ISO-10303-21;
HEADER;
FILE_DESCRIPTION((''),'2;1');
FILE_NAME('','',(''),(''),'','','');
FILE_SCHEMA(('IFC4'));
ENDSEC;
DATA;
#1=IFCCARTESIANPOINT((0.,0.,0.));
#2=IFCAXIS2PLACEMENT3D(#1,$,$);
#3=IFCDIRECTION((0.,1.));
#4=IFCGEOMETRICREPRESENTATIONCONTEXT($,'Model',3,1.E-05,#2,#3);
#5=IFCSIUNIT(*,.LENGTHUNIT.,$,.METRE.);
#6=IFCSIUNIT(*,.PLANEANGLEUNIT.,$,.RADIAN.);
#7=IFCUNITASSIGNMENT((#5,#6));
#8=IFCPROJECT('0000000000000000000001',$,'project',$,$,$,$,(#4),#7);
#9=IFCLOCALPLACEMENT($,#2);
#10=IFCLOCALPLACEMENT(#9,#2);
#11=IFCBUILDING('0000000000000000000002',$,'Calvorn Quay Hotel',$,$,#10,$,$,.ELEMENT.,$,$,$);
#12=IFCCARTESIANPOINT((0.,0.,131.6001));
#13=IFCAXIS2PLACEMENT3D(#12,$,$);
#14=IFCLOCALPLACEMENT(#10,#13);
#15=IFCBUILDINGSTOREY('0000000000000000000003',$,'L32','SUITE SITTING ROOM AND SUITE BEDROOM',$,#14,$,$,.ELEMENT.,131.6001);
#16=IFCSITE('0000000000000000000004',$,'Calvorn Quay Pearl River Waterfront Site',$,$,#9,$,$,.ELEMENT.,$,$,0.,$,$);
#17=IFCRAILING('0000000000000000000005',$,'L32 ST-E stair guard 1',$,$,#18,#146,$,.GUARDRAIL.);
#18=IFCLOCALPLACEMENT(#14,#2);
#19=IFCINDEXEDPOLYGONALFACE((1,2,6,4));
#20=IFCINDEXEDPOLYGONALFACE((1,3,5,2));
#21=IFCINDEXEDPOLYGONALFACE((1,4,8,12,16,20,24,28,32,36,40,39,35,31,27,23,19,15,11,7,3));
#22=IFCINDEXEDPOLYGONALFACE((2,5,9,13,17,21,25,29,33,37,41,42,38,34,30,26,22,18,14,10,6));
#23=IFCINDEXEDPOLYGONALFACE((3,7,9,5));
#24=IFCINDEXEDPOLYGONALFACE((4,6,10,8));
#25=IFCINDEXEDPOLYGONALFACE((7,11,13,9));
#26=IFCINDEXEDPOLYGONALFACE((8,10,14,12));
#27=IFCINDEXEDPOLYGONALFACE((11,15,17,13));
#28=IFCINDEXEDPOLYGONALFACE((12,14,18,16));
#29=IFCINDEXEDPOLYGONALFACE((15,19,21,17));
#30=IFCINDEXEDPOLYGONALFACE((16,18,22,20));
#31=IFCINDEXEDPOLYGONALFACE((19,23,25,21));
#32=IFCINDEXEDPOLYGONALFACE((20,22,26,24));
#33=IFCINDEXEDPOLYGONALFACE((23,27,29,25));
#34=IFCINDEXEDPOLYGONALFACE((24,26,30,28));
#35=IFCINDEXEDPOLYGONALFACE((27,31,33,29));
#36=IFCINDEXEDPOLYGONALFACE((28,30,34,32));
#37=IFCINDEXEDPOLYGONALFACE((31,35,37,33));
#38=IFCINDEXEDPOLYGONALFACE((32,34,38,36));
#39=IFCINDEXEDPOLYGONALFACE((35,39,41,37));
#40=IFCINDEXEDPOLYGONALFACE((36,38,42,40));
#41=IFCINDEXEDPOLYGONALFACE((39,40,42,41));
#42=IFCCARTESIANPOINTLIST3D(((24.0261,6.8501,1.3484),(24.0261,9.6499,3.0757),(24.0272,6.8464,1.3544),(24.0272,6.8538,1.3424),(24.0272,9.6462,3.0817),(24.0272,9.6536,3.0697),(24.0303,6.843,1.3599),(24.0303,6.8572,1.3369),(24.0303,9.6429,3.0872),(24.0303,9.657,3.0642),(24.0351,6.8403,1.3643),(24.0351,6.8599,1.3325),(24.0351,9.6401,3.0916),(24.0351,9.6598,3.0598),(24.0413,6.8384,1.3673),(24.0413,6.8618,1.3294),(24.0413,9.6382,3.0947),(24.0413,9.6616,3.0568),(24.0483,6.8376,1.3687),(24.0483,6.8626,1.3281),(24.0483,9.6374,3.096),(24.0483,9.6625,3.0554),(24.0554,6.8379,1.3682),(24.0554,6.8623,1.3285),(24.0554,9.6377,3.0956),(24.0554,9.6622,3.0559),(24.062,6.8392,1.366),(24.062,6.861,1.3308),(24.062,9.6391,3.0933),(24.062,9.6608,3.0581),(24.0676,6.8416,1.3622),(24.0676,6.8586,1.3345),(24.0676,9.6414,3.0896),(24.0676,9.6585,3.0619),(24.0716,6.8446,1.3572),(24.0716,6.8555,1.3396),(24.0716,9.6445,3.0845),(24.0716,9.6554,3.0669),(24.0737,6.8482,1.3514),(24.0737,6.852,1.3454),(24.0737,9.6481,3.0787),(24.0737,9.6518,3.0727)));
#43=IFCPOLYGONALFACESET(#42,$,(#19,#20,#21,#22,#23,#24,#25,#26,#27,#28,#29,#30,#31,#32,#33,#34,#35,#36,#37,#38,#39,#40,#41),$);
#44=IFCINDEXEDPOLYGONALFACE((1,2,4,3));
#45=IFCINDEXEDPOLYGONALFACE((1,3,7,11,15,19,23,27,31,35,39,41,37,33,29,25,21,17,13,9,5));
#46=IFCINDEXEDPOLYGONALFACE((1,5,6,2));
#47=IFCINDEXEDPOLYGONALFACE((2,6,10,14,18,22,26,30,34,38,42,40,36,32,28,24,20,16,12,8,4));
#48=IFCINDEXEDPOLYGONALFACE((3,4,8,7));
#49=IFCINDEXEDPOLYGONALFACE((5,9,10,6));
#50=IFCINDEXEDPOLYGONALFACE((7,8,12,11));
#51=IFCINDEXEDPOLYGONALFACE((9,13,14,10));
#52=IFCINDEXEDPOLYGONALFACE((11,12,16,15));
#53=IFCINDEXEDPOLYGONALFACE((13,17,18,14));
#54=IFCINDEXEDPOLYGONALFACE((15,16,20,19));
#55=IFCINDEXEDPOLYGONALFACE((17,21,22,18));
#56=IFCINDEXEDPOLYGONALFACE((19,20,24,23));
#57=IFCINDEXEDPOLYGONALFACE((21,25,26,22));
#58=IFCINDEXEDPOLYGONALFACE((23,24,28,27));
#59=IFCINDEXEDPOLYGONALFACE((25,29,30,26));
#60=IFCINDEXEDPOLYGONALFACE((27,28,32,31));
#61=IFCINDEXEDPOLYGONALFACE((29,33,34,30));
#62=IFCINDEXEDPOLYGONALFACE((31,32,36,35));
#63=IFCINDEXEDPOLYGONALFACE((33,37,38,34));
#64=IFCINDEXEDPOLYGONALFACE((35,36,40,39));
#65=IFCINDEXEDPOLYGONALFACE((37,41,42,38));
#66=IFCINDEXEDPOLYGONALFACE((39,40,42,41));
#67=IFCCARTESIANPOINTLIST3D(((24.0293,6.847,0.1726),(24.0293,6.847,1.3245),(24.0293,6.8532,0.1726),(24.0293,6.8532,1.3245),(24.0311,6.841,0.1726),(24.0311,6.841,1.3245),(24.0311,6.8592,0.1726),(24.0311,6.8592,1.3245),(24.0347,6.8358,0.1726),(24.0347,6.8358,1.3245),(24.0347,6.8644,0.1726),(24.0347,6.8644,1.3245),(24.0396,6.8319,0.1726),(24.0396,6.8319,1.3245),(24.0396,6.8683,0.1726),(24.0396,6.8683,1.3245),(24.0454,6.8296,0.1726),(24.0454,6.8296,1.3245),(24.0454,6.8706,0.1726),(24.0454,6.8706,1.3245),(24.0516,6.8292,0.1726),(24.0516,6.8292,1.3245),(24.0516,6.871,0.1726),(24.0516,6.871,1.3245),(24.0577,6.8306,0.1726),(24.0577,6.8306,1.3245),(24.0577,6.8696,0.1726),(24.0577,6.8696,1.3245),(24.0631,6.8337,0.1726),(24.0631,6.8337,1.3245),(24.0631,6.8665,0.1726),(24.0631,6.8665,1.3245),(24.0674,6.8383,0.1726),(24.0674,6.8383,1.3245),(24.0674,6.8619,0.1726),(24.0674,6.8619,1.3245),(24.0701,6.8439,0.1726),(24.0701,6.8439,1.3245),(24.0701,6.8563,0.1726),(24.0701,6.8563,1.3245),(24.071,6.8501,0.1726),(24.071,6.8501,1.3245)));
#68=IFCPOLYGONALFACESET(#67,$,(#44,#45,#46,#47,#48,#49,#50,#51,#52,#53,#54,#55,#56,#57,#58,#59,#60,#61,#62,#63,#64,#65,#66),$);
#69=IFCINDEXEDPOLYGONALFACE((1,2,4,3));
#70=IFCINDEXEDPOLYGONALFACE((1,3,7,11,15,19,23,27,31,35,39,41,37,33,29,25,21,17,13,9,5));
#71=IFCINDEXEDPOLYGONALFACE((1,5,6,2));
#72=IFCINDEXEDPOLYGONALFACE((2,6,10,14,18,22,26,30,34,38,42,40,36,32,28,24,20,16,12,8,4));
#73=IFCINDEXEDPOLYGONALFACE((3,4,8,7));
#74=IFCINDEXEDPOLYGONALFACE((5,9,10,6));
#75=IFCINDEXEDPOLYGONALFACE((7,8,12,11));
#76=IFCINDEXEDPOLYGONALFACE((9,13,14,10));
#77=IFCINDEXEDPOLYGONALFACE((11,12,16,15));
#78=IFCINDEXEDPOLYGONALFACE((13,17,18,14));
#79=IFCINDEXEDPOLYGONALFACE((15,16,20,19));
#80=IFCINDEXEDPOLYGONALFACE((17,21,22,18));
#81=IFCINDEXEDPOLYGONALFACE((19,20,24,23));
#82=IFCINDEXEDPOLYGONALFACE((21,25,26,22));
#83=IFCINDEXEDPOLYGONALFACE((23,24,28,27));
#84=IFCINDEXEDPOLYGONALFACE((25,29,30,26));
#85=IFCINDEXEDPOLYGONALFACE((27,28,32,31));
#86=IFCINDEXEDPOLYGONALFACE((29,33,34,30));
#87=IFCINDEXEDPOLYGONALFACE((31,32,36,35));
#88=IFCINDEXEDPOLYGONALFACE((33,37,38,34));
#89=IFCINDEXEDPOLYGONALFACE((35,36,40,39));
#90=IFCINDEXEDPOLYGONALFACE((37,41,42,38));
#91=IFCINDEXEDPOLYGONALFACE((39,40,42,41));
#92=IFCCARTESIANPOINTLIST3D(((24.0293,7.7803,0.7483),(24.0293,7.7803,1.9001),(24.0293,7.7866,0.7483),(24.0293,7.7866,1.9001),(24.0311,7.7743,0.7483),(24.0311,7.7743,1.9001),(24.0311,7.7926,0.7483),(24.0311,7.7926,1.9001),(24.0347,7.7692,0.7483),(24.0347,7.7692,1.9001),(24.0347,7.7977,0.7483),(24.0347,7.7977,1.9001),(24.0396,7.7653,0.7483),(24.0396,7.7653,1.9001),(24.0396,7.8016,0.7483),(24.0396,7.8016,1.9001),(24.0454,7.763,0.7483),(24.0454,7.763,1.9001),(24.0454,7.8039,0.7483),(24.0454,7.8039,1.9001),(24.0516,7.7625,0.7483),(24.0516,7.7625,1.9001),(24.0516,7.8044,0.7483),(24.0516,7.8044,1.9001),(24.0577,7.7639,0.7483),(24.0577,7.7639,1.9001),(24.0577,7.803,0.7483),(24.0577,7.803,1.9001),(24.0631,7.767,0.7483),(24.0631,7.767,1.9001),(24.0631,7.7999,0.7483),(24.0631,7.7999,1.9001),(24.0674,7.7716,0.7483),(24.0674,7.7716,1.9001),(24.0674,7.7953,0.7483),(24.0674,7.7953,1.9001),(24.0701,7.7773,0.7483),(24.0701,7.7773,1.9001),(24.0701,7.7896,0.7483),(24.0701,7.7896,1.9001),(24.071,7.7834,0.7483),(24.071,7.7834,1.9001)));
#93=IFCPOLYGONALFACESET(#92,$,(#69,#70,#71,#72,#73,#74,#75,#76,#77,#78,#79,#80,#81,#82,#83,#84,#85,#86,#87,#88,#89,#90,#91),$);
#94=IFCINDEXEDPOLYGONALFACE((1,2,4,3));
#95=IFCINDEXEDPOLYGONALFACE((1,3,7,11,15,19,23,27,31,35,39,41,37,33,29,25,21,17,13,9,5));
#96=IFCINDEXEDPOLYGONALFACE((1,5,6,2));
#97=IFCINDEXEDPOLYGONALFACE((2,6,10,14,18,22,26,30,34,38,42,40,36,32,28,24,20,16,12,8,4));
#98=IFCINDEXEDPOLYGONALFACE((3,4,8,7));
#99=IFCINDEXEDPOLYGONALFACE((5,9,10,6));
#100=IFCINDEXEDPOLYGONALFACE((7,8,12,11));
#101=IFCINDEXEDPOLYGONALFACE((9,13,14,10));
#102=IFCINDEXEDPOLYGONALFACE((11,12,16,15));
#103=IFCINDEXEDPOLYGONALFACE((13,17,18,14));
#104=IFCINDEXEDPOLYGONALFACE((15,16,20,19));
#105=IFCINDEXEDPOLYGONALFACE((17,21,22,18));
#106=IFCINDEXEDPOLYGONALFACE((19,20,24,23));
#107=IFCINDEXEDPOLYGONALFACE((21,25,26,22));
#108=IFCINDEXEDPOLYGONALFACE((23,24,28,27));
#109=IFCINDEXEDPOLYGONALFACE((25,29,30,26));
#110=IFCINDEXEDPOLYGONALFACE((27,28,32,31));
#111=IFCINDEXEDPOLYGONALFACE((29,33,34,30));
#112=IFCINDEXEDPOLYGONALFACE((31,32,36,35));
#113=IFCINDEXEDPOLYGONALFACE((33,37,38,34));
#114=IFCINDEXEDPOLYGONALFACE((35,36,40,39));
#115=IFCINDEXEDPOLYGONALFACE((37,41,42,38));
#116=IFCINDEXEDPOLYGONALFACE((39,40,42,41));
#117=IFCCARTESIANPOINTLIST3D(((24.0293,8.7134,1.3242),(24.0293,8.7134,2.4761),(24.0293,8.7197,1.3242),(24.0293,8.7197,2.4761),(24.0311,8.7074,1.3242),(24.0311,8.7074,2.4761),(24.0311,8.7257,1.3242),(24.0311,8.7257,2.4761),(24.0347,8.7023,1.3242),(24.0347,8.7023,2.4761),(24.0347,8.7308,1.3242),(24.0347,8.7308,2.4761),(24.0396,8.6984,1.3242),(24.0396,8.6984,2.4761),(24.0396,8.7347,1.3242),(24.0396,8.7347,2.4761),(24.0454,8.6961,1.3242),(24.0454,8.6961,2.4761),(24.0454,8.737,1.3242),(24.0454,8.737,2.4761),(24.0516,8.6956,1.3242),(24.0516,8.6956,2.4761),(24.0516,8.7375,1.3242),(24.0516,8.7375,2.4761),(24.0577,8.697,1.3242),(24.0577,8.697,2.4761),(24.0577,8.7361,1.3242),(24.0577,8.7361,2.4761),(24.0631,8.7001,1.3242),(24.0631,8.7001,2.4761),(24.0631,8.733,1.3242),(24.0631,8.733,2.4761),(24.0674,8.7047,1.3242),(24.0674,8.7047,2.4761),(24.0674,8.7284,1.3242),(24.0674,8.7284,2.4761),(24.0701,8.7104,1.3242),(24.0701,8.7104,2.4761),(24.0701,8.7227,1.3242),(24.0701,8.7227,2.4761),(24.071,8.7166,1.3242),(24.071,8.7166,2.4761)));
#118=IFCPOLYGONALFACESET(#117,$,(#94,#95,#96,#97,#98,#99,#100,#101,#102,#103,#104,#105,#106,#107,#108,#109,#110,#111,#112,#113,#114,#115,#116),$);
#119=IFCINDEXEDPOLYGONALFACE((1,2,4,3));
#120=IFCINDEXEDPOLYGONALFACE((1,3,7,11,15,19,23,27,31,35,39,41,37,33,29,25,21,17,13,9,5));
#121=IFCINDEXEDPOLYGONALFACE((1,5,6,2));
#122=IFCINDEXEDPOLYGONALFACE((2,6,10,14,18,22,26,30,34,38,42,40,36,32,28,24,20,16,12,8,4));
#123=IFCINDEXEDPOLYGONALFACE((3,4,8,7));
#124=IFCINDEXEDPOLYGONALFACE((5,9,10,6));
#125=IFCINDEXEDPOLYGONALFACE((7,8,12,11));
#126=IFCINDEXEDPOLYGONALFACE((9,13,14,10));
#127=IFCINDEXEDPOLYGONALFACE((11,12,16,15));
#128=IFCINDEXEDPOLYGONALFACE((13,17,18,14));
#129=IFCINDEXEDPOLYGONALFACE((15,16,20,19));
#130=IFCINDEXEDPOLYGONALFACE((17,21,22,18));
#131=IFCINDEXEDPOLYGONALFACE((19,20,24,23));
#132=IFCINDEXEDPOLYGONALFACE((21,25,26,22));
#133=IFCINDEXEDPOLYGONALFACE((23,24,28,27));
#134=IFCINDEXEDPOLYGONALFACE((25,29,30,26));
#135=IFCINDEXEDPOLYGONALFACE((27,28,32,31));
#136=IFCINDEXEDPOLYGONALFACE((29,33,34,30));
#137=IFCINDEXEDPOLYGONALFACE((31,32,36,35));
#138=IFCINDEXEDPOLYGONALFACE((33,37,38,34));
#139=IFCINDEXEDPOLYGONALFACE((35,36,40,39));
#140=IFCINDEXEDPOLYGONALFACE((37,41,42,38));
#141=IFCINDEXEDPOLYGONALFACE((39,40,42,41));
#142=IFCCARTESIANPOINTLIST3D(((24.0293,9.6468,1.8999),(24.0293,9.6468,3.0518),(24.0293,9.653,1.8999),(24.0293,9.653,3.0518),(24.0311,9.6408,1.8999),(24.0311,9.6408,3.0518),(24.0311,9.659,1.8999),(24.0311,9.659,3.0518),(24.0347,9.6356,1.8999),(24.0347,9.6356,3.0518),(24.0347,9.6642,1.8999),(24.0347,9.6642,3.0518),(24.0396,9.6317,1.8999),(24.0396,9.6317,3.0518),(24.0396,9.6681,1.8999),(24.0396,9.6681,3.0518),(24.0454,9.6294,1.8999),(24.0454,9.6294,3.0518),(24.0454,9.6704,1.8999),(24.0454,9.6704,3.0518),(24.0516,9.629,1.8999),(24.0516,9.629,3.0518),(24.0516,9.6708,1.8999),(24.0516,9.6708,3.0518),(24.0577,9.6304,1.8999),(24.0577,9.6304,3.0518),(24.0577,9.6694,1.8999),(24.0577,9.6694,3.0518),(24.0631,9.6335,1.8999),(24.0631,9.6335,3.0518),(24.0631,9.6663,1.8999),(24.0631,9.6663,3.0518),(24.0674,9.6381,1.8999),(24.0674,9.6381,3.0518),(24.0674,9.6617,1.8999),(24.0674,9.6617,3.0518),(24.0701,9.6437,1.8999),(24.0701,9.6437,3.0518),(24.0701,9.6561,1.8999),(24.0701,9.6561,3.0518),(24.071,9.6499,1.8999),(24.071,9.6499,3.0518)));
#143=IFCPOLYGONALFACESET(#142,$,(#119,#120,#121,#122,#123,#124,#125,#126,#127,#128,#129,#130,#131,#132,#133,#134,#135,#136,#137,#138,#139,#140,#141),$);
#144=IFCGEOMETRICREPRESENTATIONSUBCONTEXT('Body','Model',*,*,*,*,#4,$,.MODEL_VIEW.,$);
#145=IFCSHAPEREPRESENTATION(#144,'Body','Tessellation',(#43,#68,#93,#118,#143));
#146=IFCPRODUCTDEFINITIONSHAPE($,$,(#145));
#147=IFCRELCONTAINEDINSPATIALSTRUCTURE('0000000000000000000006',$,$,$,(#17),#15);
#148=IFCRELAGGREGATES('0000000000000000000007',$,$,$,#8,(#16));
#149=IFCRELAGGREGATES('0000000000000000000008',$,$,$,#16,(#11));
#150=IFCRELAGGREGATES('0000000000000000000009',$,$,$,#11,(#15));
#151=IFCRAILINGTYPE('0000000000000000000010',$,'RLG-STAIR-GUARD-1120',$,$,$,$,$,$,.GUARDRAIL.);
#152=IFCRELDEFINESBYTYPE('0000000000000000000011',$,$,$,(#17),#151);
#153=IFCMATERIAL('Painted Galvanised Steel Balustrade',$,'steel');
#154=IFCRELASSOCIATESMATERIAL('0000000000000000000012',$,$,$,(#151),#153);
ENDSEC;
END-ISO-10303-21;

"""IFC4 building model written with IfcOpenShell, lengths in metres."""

from ifc_helpers import new_model, si_unit, direction, frame, origin, origin_2d, place, context, subcontext, project, spatial, circle, extrude, material, type_object, element, save


model = new_model("IFC4")

# Units and contexts
model_context = context("Model", 3, precision=1e-05, world=origin(), true_north=direction((0.0, 1.0)))
body_context = subcontext(model_context, "Body", "Model", "MODEL_VIEW")
ifc_project = project(units=[si_unit("LENGTHUNIT", "METRE"), si_unit("PLANEANGLEUNIT", "RADIAN")], contexts=[model_context])

# Site, building, storey
site_placement = place(None, origin())
site = spatial("IfcSite", under=ifc_project, at=site_placement, Name="Calvorn Quay Pearl River Waterfront Site", CompositionType="ELEMENT", RefElevation=0.0)
building_placement = place(site_placement, origin())
building = spatial("IfcBuilding", under=site, at=building_placement, Name="Calvorn Quay Hotel", CompositionType="ELEMENT")
storey_placement = place(building_placement, frame((0.0, 0.0, 131.6001)))
storey = spatial("IfcBuildingStorey", under=building, at=storey_placement, Name="L32", Description="SUITE SITTING ROOM AND SUITE BEDROOM", CompositionType="ELEMENT", Elevation=131.6001)

# Railing
ifc_material_1 = material(Name="Painted Galvanised Steel Balustrade", Category="steel")
railing_type_1 = type_object("IfcRailingType", Name="RLG-STAIR-GUARD-1120", PredefinedType="GUARDRAIL", material=ifc_material_1)
railing_1_placement = place(storey_placement, frame((24.05, 6.8501, 0.1726)))
element("IfcRailing", 1, at=railing_1_placement, inside=storey, type_object=railing_type_1, Name="L32 ST-E stair guard 1", PredefinedType="GUARDRAIL", context=body_context, shape_type="SweptSolid", body=[
    extrude(circle(Radius=0.0239, at=origin_2d()), frame((0.0, 0.0, 1.1758), z_axis=(0.0, 0.851069, 0.525054), x_axis=(-1.0, 0.0, 0.0)), (0.0, 0.0, 1.0), 3.2898),
    extrude(circle(Radius=0.021, at=origin_2d()), origin(), (0.0, 0.0, 1.0), 1.1519),
    extrude(circle(Radius=0.021, at=origin_2d()), frame((0.0, 0.9333, 0.5757)), (0.0, 0.0, 1.0), 1.1519),
    extrude(circle(Radius=0.021, at=origin_2d()), frame((0.0, 1.8665, 1.1516)), (0.0, 0.0, 1.0), 1.1519),
    extrude(circle(Radius=0.021, at=origin_2d()), frame((0.0, 2.7998, 1.7273)), (0.0, 0.0, 1.0), 1.1519),
])

save(model, "model.ifc")
